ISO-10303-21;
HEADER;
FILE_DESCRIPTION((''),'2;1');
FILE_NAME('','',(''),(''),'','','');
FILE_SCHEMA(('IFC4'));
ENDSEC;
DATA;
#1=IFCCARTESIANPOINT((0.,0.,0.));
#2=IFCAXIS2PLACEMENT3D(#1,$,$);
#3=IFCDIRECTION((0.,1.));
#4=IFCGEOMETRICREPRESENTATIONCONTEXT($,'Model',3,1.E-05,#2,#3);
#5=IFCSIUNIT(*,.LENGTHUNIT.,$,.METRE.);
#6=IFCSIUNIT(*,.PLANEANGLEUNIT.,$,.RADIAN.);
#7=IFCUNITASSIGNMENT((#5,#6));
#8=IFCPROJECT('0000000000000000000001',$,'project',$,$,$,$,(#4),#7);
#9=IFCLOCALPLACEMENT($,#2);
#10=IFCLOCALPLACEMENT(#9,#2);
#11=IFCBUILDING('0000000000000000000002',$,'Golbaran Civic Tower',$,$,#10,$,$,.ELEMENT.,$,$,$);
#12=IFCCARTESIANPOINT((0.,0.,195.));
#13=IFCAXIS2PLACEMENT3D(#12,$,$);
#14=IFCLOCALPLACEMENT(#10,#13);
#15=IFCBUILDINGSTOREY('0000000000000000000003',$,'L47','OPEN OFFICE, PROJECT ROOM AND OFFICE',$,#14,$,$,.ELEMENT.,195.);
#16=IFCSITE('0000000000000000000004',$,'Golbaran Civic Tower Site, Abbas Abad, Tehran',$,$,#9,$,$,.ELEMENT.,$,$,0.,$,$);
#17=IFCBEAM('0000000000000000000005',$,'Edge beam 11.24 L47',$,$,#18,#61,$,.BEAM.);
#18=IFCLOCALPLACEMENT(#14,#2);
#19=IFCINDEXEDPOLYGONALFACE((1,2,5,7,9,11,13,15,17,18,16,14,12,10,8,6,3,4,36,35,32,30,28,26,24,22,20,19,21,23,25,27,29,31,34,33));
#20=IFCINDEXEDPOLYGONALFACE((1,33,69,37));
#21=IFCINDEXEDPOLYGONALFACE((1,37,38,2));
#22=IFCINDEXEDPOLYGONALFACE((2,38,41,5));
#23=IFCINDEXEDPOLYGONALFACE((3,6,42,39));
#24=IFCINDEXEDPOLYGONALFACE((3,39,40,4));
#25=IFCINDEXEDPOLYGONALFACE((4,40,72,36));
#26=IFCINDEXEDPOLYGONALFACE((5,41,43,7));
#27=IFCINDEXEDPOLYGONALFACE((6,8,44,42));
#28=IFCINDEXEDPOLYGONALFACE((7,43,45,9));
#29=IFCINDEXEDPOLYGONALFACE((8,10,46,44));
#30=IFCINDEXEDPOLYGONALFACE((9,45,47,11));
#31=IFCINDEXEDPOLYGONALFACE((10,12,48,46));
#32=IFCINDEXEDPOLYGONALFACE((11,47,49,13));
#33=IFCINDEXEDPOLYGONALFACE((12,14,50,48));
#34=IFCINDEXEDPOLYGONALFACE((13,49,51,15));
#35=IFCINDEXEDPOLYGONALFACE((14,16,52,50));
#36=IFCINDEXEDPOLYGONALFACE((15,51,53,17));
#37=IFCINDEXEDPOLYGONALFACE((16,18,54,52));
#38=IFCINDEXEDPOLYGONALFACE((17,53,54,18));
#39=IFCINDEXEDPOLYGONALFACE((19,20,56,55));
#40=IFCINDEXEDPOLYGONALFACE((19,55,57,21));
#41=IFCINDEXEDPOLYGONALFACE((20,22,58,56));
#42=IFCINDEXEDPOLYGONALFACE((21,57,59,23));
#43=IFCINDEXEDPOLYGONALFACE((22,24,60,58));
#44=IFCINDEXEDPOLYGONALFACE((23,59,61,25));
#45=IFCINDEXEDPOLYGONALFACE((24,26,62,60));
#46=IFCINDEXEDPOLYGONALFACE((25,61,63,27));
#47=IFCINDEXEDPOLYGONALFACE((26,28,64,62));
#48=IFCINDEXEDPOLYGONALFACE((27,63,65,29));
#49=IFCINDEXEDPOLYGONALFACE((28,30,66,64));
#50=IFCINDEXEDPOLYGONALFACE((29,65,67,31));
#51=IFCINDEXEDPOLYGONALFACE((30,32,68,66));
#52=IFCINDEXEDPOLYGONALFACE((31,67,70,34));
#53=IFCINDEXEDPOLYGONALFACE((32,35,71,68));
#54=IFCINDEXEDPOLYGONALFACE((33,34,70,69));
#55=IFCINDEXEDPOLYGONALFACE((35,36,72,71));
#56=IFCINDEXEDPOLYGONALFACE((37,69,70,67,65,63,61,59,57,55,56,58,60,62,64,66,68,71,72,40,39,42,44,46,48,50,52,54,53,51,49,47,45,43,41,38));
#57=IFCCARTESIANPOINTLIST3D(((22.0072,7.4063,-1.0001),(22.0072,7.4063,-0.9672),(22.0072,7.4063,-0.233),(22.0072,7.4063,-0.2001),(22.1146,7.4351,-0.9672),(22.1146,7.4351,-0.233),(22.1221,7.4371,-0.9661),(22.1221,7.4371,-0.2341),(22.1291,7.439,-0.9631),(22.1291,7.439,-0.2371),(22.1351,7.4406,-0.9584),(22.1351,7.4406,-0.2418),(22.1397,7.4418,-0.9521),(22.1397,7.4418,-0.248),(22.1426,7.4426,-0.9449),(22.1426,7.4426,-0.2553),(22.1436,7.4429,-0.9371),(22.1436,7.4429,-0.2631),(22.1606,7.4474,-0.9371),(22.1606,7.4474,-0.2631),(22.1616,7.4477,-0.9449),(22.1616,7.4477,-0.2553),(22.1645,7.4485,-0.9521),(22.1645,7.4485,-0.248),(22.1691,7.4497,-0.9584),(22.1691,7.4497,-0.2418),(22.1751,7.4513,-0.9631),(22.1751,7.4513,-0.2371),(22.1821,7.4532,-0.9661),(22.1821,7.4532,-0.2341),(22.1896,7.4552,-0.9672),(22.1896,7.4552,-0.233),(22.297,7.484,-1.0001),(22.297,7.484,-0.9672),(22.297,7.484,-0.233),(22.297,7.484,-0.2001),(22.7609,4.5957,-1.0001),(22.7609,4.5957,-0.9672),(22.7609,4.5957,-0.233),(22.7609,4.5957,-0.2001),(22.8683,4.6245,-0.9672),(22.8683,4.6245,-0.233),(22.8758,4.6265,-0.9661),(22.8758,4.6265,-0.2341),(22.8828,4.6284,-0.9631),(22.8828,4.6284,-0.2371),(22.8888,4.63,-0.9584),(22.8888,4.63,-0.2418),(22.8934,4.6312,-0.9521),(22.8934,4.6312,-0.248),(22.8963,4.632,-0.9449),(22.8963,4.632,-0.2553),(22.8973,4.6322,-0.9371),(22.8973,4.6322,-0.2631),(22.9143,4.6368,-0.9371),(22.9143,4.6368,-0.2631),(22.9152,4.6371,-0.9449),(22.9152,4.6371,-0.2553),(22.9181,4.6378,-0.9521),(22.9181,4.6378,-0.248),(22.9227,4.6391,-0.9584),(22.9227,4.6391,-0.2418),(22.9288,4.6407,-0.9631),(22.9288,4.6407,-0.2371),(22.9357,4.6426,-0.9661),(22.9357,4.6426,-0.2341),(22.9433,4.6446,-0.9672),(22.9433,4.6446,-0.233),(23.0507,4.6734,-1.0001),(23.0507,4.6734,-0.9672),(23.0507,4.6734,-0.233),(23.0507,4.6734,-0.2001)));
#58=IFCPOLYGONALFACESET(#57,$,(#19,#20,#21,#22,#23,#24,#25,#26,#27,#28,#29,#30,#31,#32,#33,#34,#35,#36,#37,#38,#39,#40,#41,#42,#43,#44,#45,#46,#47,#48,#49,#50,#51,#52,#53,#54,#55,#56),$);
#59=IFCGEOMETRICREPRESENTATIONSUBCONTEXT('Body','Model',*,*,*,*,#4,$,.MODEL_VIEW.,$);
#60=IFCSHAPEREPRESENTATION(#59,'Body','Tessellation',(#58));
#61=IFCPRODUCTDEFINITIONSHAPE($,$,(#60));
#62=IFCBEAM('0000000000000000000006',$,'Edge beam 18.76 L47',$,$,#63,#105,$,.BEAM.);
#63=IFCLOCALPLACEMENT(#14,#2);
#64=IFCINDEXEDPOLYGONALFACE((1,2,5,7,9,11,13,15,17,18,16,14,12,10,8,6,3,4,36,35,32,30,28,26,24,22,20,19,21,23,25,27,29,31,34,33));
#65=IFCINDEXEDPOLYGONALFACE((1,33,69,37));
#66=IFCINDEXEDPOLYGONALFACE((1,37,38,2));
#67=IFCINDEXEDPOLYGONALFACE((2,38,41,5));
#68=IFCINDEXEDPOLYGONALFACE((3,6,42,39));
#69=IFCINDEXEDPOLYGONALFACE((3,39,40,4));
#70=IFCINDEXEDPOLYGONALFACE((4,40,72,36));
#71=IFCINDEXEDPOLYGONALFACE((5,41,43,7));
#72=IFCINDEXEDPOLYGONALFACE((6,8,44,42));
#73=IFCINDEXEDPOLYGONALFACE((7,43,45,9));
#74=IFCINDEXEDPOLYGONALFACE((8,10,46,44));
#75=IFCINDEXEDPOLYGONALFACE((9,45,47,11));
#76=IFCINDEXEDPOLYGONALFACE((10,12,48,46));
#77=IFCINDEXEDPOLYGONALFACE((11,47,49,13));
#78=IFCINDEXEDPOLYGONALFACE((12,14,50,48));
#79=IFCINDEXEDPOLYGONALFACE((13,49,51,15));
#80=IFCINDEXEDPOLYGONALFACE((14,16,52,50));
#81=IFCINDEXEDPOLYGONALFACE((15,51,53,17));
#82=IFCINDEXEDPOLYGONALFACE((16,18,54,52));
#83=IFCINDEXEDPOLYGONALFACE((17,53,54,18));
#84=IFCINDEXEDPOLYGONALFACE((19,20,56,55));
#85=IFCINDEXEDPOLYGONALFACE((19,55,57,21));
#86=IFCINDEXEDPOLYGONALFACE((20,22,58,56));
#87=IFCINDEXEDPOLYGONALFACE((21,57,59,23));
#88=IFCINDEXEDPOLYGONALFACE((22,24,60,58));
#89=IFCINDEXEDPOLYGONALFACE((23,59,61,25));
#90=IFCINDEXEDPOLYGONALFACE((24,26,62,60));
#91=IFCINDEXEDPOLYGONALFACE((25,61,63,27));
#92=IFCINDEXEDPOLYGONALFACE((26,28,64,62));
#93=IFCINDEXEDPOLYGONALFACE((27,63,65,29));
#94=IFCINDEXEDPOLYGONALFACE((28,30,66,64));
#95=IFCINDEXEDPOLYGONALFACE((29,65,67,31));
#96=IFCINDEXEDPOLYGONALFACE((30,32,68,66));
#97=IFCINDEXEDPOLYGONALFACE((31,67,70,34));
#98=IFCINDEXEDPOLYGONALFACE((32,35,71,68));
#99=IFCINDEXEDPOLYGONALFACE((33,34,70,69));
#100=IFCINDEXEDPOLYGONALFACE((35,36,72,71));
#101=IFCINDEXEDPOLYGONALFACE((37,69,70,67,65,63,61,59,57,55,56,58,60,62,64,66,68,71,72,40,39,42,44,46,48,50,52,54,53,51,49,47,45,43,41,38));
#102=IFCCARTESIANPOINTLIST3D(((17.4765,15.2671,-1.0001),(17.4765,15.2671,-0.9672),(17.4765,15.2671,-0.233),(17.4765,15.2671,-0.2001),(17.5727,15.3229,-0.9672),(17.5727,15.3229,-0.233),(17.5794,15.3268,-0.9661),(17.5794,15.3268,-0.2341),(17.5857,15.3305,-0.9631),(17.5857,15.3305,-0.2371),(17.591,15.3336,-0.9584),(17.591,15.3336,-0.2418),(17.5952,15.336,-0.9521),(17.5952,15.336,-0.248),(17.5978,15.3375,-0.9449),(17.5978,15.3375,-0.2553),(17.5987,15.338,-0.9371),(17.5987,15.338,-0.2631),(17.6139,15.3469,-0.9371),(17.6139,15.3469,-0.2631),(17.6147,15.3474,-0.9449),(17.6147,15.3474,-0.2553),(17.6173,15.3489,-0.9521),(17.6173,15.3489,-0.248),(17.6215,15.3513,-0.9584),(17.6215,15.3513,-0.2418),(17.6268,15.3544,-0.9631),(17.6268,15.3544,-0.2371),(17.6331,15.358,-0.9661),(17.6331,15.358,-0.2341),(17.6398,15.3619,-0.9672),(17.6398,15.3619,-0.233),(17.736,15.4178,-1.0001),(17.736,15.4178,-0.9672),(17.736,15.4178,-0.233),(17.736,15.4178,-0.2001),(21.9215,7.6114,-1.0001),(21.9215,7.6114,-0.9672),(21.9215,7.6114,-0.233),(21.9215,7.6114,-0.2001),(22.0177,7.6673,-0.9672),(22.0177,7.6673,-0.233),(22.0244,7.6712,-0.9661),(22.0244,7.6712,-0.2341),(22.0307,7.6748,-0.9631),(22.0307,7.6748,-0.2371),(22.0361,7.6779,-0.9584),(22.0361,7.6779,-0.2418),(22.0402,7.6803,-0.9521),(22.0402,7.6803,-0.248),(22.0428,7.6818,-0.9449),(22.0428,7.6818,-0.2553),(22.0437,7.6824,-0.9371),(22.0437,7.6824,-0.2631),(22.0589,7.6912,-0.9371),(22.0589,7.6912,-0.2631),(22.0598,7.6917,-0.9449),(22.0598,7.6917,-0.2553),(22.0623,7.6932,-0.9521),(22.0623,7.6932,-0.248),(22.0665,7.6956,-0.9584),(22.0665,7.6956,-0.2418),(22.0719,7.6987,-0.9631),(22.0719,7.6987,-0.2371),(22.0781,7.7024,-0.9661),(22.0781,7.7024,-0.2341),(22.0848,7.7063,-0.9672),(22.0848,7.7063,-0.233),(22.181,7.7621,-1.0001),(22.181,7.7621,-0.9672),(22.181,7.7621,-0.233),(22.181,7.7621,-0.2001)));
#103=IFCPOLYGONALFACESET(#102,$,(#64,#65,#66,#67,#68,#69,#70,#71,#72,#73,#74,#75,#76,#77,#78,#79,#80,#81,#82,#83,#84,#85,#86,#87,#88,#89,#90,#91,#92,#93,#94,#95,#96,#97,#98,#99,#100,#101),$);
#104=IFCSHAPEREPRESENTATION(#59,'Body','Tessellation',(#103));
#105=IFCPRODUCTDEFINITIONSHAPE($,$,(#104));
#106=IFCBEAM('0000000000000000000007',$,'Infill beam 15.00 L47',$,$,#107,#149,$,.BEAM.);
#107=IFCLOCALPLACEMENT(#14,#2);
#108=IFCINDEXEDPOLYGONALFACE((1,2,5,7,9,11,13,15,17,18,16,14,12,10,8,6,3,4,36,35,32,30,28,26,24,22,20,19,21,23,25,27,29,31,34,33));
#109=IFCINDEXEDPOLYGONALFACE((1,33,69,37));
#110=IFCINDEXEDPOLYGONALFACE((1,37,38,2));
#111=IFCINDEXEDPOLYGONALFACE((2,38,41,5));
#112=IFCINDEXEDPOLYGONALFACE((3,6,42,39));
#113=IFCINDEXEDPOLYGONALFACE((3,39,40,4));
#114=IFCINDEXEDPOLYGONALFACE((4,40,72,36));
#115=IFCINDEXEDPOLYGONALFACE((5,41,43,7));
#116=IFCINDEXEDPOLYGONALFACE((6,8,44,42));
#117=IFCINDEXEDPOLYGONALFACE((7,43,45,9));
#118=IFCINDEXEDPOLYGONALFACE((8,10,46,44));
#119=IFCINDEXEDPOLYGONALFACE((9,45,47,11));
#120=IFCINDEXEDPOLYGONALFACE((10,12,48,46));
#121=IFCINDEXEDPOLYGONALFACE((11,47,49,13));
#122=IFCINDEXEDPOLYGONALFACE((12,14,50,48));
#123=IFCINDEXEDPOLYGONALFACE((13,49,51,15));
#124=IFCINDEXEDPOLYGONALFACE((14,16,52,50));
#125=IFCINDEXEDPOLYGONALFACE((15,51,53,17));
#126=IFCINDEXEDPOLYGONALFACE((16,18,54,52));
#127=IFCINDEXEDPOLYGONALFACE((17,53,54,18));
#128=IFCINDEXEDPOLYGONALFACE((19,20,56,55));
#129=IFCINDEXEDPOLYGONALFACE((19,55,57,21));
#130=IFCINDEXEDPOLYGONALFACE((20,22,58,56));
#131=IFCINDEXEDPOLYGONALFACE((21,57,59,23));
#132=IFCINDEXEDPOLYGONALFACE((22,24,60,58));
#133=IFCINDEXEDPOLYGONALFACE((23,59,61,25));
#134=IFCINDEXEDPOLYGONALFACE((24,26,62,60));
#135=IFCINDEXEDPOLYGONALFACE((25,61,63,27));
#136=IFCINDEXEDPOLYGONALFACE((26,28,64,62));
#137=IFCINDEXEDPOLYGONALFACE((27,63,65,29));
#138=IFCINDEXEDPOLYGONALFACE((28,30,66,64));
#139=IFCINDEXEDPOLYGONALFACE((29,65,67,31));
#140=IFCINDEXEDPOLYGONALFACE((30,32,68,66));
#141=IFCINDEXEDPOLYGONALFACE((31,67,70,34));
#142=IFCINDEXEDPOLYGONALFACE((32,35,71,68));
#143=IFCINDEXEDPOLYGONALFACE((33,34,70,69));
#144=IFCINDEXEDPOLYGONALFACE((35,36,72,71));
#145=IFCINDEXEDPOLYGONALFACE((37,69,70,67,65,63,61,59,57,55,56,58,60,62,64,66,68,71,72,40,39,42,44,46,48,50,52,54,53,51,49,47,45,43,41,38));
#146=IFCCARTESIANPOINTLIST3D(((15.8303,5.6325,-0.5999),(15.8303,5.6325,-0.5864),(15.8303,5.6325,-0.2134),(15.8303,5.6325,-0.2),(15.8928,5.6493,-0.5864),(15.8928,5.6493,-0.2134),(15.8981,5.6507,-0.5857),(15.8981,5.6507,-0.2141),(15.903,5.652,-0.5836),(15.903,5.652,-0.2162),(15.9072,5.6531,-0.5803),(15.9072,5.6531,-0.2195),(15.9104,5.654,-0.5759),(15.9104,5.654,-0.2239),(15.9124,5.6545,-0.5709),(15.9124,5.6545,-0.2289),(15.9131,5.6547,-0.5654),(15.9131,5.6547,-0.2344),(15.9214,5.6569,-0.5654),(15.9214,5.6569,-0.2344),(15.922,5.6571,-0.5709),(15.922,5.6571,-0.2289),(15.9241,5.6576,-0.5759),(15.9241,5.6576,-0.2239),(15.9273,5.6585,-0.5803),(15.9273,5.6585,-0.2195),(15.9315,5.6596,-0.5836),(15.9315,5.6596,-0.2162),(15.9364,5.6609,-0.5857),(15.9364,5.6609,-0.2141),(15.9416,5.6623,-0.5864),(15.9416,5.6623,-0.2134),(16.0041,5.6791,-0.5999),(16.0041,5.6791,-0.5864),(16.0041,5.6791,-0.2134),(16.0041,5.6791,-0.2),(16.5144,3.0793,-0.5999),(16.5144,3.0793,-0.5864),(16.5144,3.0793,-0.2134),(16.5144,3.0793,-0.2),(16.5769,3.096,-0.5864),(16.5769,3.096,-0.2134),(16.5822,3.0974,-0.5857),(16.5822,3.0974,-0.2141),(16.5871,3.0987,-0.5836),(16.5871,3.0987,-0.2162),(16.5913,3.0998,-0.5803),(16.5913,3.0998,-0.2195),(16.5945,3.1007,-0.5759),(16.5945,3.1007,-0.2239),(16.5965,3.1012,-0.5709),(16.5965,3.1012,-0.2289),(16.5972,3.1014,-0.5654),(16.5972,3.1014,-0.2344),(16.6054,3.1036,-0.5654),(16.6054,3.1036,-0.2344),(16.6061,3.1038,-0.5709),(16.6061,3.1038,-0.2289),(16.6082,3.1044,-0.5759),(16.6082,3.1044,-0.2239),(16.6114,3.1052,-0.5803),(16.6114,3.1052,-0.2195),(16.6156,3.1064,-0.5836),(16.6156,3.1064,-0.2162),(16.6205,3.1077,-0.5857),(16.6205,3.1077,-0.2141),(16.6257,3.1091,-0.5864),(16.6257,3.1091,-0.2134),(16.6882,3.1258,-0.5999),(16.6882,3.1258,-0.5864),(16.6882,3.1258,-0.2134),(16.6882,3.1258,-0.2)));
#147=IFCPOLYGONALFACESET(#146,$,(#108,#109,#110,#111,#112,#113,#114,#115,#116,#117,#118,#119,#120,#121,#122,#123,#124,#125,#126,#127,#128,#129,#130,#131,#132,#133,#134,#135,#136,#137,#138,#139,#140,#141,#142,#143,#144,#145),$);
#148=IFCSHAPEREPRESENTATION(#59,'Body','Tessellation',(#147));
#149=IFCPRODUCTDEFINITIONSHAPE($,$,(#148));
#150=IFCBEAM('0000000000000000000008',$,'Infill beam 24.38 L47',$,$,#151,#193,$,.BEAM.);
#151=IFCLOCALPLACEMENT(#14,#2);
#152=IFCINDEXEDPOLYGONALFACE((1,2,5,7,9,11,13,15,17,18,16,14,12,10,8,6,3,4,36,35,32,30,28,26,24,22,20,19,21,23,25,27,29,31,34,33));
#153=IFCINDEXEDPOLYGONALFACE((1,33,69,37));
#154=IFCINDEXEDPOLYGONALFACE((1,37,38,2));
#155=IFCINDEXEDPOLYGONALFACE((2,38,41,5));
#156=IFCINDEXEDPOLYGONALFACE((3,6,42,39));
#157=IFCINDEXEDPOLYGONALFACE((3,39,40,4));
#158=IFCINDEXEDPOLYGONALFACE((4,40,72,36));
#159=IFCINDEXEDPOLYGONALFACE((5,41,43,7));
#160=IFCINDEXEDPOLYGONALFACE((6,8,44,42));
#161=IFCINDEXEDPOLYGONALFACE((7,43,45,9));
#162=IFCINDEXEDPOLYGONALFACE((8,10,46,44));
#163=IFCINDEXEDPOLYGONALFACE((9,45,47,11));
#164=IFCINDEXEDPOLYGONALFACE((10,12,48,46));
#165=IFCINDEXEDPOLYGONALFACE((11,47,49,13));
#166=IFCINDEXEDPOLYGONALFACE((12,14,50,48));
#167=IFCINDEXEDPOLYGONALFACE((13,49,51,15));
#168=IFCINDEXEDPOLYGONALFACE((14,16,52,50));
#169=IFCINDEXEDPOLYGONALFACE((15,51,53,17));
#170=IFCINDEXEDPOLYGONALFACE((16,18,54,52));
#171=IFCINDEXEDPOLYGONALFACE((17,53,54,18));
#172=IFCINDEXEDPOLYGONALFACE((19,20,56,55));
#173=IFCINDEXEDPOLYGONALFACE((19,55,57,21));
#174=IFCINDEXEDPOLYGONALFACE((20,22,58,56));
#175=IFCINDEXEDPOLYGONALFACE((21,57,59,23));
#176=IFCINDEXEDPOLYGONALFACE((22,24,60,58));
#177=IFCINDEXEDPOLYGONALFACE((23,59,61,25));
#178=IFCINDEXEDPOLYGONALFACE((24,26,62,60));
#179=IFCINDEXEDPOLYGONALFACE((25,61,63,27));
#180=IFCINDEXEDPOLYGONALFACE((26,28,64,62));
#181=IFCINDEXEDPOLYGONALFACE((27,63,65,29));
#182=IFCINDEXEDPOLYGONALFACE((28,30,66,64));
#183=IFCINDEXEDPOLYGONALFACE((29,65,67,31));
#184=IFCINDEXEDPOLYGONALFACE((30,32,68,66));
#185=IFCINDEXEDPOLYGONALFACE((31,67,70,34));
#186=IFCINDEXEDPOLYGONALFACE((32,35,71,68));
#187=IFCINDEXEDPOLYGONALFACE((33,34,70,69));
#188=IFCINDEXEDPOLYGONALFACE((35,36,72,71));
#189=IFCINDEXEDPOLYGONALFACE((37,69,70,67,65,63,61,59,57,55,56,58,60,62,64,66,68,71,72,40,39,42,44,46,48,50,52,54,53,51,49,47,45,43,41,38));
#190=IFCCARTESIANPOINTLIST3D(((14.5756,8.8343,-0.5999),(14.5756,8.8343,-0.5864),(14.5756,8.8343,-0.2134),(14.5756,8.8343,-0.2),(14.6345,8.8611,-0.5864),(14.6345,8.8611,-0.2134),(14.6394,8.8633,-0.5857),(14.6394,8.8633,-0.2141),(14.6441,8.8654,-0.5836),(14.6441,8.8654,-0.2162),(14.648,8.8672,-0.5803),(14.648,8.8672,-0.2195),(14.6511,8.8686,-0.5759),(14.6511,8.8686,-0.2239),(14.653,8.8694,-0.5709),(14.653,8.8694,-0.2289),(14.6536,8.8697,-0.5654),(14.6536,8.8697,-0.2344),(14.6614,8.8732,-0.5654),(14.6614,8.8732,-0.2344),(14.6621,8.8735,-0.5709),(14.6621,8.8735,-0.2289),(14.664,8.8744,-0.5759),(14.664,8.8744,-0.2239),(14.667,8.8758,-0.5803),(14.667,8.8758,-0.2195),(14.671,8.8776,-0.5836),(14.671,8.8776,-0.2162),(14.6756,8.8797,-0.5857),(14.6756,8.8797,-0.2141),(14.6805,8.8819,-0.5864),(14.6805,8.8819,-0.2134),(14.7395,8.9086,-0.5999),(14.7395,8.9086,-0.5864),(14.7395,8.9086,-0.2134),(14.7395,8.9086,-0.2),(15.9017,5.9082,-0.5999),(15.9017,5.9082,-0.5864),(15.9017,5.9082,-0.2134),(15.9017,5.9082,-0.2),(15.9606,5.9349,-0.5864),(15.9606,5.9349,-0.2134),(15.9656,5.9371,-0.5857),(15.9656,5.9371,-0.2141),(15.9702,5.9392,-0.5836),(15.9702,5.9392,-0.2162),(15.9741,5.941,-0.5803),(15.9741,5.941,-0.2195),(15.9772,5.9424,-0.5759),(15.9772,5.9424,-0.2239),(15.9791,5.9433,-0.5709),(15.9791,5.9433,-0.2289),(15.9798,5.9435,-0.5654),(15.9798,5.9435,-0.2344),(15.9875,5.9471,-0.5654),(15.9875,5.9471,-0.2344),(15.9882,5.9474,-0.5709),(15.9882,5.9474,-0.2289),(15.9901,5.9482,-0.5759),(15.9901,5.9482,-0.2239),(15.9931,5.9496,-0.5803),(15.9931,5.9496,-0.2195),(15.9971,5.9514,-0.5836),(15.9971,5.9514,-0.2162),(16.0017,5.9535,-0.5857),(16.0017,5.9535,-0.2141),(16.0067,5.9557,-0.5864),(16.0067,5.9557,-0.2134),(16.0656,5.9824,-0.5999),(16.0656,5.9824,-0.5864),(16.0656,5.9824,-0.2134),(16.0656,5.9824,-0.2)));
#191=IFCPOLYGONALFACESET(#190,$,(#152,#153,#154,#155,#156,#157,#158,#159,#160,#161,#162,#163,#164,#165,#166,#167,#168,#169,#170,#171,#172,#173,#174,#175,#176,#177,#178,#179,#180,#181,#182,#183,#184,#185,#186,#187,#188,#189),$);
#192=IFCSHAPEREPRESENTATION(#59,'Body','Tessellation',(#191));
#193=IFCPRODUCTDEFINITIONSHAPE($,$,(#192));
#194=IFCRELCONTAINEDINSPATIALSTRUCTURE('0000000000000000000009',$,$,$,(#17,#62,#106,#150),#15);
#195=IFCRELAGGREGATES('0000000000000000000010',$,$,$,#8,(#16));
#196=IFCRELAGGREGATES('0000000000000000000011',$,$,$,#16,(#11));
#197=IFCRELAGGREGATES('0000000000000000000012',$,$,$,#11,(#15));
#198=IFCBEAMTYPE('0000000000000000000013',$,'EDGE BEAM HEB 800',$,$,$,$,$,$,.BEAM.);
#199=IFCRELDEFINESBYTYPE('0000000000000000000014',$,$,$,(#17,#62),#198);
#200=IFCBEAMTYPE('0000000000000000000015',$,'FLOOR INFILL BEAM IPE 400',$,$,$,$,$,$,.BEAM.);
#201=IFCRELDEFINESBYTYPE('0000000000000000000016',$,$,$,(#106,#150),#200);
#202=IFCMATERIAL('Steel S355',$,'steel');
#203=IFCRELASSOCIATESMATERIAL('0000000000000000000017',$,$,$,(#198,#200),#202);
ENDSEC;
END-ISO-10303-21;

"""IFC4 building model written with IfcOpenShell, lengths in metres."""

from ifc_helpers import new_model, si_unit, direction, frame, origin, origin_2d, place, context, subcontext, project, spatial, i_section, extrude, material, material_profile, profile_set, type_object, element, save


model = new_model("IFC4")

# Units and contexts
model_context = context("Model", 3, precision=1e-05, world=origin(), true_north=direction((0.0, 1.0)))
body_context = subcontext(model_context, "Body", "Model", "MODEL_VIEW")
ifc_project = project(units=[si_unit("LENGTHUNIT", "METRE"), si_unit("PLANEANGLEUNIT", "RADIAN")], contexts=[model_context])

# Site, building, storey
site_placement = place(None, origin())
site = spatial("IfcSite", under=ifc_project, at=site_placement, Name="Golbaran Civic Tower Site, Abbas Abad, Tehran", CompositionType="ELEMENT", RefElevation=0.0)
building_placement = place(site_placement, origin())
building = spatial("IfcBuilding", under=site, at=building_placement, Name="Golbaran Civic Tower", CompositionType="ELEMENT")
storey_placement = place(building_placement, frame((0.0, 0.0, 195.0)))
storey = spatial("IfcBuildingStorey", under=building, at=storey_placement, Name="L47", Description="OPEN OFFICE, PROJECT ROOM AND OFFICE", CompositionType="ELEMENT", Elevation=195.0)

# Beams
ifc_material_1 = material(Name="Steel S355", Category="steel")
ifc_material_profile_1 = material_profile(ifc_material_1, i_section(OverallWidth=0.3, OverallDepth=0.8, WebThickness=0.0176, FlangeThickness=0.033, FilletRadius=0.03, at=origin_2d()), Name="HEB 800")
ifc_profile_set_1 = profile_set([ifc_material_profile_1], Name="Steel S355")
beam_type_1 = type_object("IfcBeamType", Name="EDGE BEAM HEB 800", PredefinedType="BEAM", material=ifc_profile_set_1)
beam_1_placement = place(storey_placement, frame((22.9058, 4.6345, -0.6001), z_axis=(-0.259004, 0.965876, 0.0), x_axis=(-0.965876, -0.259004, 0.0)))
element("IfcBeam", 1, at=beam_1_placement, inside=storey, type_object=beam_type_1, Name="Edge beam 11.24 L47", PredefinedType="BEAM", context=body_context, shape_type="SweptSolid", body=[
    extrude(i_section(OverallWidth=0.3, OverallDepth=0.8, WebThickness=0.0176, FlangeThickness=0.033, FilletRadius=0.03, at=origin_2d()), origin(), (0.0, 0.0, 1.0), 2.9099),
])
beam_2_placement = place(storey_placement, frame((22.0513, 7.6868, -0.6001), z_axis=(-0.502118, 0.864799, 0.0), x_axis=(-0.864799, -0.502118, 0.0)))
element("IfcBeam", 2, at=beam_2_placement, inside=storey, type_object=beam_type_1, Name="Edge beam 18.76 L47", PredefinedType="BEAM", context=body_context, shape_type="SweptSolid", body=[
    extrude(i_section(OverallWidth=0.3, OverallDepth=0.8, WebThickness=0.0176, FlangeThickness=0.033, FilletRadius=0.03, at=origin_2d()), origin(), (0.0, 0.0, 1.0), 8.8525),
])
ifc_material_profile_2 = material_profile(ifc_material_1, i_section(OverallWidth=0.1799, OverallDepth=0.3999, WebThickness=0.0085, FlangeThickness=0.0134, FilletRadius=0.021, at=origin_2d()), Name="IPE 400")
ifc_profile_set_2 = profile_set([ifc_material_profile_2], Name="Steel S355")
beam_type_2 = type_object("IfcBeamType", Name="FLOOR INFILL BEAM IPE 400", PredefinedType="BEAM", material=ifc_profile_set_2)
beam_3_placement = place(storey_placement, frame((16.6013, 3.1025, -0.3999), z_axis=(-0.258801, 0.965931, 0.0), x_axis=(-0.965931, -0.258801, 0.0)))
element("IfcBeam", 3, at=beam_3_placement, inside=storey, type_object=beam_type_2, Name="Infill beam 15.00 L47", PredefinedType="BEAM", context=body_context, shape_type="SweptSolid", body=[
    extrude(i_section(OverallWidth=0.1799, OverallDepth=0.3999, WebThickness=0.0085, FlangeThickness=0.0134, FilletRadius=0.021, at=origin_2d()), origin(), (0.0, 0.0, 1.0), 2.6433),
])
beam_4_placement = place(storey_placement, frame((15.9836, 5.9453, -0.3999), z_axis=(-0.412784, 0.910829, 0.0), x_axis=(-0.910829, -0.412784, 0.0)))
element("IfcBeam", 4, at=beam_4_placement, inside=storey, type_object=beam_type_2, Name="Infill beam 24.38 L47", PredefinedType="BEAM", context=body_context, shape_type="SweptSolid", body=[
    extrude(i_section(OverallWidth=0.1799, OverallDepth=0.3999, WebThickness=0.0085, FlangeThickness=0.0134, FilletRadius=0.021, at=origin_2d()), origin(), (0.0, 0.0, 1.0), 3.2126),
])

save(model, "model.ifc")
